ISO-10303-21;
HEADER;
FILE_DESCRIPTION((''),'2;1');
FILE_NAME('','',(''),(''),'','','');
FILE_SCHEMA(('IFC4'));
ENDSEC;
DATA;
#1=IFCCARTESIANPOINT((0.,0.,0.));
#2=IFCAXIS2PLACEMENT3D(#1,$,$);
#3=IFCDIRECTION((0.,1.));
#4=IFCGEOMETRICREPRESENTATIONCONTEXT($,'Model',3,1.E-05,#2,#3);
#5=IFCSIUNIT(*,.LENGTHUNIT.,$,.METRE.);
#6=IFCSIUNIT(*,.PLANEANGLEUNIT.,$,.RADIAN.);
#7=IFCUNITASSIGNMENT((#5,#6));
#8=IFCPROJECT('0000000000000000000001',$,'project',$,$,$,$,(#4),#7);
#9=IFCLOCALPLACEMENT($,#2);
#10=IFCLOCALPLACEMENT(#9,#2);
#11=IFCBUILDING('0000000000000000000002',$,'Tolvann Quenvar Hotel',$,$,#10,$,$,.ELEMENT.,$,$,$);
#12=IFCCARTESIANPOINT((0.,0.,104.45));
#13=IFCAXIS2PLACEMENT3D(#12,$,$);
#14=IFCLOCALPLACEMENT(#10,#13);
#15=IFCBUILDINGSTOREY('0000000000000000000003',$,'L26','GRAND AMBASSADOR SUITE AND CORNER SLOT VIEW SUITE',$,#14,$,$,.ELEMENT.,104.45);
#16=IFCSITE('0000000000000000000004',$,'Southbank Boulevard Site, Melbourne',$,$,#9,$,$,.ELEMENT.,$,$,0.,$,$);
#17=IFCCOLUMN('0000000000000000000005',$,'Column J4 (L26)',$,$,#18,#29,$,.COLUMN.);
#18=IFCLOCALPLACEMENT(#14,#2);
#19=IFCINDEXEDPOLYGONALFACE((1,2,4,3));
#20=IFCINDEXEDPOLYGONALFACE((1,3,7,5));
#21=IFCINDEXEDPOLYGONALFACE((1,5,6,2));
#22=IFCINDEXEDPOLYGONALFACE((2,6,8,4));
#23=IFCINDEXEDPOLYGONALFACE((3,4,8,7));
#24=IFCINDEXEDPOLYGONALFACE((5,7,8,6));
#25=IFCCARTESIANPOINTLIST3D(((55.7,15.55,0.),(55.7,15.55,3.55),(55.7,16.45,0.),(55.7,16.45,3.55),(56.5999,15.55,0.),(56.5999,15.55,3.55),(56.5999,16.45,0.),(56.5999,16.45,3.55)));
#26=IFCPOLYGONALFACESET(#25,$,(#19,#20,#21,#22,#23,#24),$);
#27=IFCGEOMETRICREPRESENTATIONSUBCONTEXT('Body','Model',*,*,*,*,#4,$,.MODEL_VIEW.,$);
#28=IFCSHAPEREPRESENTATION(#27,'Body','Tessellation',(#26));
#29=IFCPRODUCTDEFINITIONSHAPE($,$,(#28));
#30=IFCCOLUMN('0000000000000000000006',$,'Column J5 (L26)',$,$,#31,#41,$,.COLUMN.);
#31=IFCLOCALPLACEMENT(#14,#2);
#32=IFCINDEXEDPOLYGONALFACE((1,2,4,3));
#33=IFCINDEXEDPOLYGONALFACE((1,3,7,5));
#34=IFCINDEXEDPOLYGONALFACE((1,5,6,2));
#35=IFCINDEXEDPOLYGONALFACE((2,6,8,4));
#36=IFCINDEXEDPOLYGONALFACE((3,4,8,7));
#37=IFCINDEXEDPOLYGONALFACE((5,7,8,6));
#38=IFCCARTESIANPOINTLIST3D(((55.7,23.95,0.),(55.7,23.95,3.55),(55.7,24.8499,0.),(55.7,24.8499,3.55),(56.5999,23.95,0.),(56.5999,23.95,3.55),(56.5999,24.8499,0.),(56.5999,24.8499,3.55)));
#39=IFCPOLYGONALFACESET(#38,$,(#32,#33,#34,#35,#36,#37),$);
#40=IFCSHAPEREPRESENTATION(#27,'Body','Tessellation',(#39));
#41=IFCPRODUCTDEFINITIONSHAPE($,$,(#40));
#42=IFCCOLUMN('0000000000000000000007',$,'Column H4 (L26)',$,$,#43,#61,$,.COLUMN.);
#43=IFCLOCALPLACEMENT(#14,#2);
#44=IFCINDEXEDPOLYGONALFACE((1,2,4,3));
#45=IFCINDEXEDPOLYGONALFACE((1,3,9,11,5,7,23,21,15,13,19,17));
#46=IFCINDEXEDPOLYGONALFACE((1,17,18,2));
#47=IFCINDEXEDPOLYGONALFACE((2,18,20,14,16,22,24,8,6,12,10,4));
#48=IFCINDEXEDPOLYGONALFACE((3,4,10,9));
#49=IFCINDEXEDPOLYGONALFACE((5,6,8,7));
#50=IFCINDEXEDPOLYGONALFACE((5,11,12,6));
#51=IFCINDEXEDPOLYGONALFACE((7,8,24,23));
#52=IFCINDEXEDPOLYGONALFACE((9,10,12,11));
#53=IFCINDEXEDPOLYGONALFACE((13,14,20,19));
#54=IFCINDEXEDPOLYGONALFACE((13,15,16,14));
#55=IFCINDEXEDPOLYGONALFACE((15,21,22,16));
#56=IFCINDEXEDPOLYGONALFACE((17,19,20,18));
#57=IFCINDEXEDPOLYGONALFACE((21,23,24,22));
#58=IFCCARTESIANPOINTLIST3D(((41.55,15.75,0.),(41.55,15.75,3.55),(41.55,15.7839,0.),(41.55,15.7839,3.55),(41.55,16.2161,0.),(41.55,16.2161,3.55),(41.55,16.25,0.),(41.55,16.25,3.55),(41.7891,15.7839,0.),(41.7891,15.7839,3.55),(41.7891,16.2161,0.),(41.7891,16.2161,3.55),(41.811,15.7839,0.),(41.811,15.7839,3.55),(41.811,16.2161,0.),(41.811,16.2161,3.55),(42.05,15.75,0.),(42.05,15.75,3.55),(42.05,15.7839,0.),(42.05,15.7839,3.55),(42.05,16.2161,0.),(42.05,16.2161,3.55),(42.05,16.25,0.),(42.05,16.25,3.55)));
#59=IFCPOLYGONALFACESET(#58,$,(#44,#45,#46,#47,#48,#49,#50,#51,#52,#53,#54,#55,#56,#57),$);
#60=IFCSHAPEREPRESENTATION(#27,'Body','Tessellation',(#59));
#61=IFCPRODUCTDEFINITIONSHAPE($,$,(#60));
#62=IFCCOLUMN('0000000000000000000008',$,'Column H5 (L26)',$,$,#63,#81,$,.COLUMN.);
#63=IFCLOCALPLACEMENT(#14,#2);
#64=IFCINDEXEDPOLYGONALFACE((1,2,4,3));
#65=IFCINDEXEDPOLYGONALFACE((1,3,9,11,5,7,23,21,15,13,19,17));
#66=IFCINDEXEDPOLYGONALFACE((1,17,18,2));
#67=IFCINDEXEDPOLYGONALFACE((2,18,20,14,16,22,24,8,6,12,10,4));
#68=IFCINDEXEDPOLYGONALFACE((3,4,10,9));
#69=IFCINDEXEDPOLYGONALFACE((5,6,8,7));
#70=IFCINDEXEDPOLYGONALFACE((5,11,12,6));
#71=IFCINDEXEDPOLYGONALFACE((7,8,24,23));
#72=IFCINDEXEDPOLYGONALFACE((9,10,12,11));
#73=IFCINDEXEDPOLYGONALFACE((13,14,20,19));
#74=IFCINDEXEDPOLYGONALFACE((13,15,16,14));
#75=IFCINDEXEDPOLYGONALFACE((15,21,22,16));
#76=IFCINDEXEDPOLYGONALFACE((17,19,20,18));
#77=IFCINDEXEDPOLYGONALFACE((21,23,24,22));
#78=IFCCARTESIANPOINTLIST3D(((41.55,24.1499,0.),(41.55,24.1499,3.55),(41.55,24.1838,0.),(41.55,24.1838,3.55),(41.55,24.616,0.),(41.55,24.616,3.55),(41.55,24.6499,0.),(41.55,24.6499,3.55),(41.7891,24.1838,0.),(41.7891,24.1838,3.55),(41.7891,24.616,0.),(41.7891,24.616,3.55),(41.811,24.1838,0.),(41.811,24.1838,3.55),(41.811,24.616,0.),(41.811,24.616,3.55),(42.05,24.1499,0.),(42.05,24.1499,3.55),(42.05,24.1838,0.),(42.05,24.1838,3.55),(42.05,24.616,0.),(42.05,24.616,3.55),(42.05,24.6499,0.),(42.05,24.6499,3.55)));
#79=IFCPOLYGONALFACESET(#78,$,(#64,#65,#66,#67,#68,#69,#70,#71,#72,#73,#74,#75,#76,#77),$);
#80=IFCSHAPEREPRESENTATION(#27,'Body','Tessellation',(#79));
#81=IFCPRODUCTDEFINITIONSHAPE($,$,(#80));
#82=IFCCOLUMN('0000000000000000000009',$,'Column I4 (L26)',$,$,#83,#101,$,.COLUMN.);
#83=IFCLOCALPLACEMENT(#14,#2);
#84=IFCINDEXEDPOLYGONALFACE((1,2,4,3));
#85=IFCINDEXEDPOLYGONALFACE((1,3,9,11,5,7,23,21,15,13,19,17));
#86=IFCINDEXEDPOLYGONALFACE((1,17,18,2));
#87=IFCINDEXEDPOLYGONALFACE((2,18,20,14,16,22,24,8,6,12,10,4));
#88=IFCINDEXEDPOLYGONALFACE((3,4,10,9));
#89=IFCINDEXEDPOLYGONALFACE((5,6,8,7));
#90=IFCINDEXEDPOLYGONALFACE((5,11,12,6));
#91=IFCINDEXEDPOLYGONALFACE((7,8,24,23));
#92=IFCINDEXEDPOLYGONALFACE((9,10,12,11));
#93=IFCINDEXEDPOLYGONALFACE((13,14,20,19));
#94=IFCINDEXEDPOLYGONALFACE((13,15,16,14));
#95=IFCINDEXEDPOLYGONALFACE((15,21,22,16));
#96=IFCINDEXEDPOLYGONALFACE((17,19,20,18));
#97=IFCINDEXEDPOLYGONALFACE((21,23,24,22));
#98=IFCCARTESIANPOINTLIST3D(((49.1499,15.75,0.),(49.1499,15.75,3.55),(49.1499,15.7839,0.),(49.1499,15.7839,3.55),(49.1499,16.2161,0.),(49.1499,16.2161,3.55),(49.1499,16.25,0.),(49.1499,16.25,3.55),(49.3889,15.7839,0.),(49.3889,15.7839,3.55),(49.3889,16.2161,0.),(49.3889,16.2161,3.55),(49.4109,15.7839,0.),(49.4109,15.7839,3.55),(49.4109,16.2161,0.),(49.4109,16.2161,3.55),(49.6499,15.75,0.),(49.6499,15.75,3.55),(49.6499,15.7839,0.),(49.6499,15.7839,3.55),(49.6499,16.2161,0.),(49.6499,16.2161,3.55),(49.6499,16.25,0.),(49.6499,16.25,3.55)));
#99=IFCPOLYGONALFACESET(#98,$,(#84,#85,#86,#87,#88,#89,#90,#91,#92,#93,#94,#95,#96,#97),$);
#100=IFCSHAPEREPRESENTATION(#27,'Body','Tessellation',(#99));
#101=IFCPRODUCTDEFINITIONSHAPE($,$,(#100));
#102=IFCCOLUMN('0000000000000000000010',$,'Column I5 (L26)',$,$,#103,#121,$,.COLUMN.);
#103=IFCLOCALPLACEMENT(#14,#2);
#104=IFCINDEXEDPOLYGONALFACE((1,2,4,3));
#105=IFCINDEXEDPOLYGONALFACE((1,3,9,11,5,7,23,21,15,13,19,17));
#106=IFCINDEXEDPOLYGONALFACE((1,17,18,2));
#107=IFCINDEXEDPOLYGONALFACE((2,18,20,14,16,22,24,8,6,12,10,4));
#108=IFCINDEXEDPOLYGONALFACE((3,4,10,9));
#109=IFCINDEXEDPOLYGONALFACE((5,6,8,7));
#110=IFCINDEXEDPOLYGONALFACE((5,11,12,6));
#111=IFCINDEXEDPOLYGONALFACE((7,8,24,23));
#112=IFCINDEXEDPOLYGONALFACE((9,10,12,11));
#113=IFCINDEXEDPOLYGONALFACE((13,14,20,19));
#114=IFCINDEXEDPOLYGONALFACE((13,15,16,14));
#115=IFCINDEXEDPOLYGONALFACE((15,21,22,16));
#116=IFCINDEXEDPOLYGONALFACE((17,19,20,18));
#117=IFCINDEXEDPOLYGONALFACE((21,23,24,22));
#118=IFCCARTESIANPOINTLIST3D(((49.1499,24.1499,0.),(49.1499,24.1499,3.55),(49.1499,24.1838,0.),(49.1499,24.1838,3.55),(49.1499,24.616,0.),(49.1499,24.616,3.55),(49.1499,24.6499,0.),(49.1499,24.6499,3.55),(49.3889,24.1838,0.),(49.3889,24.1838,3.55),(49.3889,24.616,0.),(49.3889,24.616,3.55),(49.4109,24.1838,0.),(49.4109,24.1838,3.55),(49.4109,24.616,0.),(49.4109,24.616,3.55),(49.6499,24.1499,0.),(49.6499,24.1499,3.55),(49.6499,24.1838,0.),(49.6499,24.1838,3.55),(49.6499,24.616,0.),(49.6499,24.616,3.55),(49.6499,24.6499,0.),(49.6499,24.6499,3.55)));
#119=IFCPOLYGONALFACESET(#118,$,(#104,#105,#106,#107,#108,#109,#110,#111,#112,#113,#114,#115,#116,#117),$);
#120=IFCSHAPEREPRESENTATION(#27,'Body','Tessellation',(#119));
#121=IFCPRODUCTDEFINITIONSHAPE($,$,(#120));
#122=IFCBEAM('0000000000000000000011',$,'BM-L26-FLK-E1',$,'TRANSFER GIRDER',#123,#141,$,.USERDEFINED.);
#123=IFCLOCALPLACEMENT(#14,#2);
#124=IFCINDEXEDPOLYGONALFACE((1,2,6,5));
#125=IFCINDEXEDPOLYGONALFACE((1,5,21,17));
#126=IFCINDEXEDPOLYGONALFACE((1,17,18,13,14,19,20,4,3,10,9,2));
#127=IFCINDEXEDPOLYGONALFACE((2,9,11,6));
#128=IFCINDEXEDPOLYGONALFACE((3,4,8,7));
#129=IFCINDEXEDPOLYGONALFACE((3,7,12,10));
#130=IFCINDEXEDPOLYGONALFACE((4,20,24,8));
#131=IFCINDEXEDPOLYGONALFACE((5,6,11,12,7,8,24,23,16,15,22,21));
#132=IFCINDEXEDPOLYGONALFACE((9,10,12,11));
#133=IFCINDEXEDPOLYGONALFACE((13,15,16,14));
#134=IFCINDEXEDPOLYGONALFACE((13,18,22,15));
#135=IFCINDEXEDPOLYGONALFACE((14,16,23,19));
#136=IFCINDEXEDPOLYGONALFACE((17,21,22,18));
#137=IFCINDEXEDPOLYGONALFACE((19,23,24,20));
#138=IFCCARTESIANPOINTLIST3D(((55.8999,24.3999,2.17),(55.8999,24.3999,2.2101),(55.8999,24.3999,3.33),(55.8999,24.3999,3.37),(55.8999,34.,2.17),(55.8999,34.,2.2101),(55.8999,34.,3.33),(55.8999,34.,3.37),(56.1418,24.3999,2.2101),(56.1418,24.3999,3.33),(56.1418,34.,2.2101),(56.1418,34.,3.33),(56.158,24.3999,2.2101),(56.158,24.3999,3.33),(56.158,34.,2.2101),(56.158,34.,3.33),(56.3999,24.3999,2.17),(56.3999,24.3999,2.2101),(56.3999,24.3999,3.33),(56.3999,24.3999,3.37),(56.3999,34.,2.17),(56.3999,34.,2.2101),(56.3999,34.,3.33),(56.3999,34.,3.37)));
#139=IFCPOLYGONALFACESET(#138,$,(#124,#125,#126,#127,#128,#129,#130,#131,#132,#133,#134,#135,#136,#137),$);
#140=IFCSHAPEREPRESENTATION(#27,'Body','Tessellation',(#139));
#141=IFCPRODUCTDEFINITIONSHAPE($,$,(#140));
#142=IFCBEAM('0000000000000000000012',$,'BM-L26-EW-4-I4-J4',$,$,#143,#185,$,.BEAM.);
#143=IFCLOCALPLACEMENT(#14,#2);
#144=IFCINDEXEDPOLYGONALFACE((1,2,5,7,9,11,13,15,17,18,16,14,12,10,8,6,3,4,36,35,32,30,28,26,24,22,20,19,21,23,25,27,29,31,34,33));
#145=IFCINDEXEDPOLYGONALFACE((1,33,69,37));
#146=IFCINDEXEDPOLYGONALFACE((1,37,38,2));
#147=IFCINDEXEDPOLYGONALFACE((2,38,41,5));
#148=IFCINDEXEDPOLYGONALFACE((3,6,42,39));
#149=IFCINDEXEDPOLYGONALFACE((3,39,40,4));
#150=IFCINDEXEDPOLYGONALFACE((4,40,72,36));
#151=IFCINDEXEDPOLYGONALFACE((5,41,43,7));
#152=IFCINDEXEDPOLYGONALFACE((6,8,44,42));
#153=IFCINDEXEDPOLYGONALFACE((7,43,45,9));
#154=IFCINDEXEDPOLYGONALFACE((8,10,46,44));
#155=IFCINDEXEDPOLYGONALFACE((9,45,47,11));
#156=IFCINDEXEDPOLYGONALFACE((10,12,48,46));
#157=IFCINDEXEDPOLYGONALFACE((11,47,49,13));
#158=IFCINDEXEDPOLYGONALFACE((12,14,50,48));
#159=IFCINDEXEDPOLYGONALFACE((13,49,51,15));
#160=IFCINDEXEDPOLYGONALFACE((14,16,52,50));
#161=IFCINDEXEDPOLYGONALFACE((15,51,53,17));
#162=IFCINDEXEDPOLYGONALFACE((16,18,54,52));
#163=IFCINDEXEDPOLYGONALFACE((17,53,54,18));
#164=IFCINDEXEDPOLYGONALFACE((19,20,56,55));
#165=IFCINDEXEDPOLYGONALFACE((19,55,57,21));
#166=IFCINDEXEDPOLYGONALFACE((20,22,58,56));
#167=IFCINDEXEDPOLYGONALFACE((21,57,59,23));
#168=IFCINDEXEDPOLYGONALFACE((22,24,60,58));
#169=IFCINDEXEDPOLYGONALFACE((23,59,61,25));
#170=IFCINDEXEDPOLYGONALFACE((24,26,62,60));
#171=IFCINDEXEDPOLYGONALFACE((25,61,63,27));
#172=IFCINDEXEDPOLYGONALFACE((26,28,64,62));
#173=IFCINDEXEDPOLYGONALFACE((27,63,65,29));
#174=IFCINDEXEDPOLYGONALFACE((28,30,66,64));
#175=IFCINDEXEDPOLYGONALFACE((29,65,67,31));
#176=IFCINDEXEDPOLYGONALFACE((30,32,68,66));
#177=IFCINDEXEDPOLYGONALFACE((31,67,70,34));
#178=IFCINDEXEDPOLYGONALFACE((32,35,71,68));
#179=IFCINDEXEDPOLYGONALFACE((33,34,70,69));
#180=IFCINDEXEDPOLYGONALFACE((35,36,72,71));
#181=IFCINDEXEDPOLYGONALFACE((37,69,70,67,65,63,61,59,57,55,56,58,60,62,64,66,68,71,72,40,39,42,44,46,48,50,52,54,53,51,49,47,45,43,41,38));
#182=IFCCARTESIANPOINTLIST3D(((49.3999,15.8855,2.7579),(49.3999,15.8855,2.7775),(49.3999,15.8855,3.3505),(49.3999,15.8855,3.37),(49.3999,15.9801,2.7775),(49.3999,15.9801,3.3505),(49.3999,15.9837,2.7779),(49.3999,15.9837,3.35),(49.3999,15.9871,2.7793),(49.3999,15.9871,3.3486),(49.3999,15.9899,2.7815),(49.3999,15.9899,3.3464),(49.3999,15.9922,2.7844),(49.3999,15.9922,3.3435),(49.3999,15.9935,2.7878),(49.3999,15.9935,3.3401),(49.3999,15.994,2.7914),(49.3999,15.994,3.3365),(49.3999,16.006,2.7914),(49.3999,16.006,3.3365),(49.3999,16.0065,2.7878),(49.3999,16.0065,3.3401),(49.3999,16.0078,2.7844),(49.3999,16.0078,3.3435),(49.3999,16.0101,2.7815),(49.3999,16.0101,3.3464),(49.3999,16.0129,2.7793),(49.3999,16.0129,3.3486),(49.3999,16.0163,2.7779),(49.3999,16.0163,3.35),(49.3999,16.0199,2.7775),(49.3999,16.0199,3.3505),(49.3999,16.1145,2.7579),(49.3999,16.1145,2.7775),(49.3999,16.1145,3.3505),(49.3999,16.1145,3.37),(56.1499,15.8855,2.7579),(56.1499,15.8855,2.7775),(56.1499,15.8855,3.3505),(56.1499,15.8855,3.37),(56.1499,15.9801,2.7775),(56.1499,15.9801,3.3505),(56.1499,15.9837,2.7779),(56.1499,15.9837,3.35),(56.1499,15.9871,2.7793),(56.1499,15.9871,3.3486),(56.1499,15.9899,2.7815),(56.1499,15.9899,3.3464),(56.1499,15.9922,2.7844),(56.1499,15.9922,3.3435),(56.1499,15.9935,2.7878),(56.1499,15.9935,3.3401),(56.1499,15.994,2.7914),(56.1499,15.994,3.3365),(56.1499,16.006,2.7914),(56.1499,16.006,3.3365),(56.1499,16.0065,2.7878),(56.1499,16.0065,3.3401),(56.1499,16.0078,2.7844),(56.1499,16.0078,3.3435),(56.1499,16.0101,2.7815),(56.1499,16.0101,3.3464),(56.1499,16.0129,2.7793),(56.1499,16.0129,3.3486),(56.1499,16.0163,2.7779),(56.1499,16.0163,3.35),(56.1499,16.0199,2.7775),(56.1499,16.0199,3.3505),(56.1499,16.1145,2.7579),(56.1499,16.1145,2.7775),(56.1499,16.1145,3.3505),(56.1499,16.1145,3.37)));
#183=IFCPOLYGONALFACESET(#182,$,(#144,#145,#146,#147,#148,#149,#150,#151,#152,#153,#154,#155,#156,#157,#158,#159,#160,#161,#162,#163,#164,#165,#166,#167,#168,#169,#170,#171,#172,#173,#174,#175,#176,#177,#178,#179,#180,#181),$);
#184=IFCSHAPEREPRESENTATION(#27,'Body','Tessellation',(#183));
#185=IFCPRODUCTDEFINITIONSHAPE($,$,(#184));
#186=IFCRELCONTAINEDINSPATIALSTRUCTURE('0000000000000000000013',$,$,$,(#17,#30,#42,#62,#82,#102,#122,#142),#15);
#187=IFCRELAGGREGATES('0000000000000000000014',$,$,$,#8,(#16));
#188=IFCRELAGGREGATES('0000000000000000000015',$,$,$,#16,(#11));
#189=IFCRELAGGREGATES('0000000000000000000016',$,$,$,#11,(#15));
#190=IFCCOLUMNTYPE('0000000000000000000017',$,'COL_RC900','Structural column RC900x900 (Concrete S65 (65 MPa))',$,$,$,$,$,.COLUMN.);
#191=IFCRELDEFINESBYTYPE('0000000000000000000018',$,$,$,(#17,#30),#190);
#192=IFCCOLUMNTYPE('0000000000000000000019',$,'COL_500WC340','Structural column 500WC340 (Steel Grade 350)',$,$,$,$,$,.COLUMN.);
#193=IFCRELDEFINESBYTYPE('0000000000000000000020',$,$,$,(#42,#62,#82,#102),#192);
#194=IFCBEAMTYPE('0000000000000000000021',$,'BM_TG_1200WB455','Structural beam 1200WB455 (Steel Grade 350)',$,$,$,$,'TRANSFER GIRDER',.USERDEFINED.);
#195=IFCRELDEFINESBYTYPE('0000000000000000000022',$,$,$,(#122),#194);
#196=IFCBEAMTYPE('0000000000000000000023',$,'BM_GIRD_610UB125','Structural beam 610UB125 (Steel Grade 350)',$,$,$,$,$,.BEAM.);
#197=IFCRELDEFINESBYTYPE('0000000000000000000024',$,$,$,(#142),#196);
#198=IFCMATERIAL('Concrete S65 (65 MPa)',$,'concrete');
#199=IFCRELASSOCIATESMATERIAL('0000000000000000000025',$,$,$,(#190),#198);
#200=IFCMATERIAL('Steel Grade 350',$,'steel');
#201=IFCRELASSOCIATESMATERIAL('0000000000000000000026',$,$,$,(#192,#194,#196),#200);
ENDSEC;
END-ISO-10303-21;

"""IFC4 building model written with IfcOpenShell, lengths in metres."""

from ifc_helpers import new_model, si_unit, direction, frame, origin, origin_2d, place, context, subcontext, project, spatial, rectangle, i_section, extrude, source, transform, mapped, material, material_profile, profile_set, type_object, type_shapes, element, save


model = new_model("IFC4")

# Units and contexts
model_context = context("Model", 3, precision=1e-05, world=origin(), true_north=direction((0.0, 1.0)))
body_context = subcontext(model_context, "Body", "Model", "MODEL_VIEW")
ifc_project = project(units=[si_unit("LENGTHUNIT", "METRE"), si_unit("PLANEANGLEUNIT", "RADIAN")], contexts=[model_context])

# Site, building, storey
site_placement = place(None, origin())
site = spatial("IfcSite", under=ifc_project, at=site_placement, Name="Southbank Boulevard Site, Melbourne", CompositionType="ELEMENT", RefElevation=0.0)
building_placement = place(site_placement, origin())
building = spatial("IfcBuilding", under=site, at=building_placement, Name="Tolvann Quenvar Hotel", CompositionType="ELEMENT")
storey_placement = place(building_placement, frame((0.0, 0.0, 104.45)))
storey = spatial("IfcBuildingStorey", under=building, at=storey_placement, Name="L26", Description="GRAND AMBASSADOR SUITE AND CORNER SLOT VIEW SUITE", CompositionType="ELEMENT", Elevation=104.45)

# Columns
ifc_material_1 = material(Name="Concrete S65 (65 MPa)", Category="concrete")
ifc_material_profile_1 = material_profile(ifc_material_1, rectangle(XDim=0.8999, YDim=0.8999, at=origin_2d()), Name="RC900x900")
ifc_profile_set_1 = profile_set([ifc_material_profile_1], Name="Concrete S65 (65 MPa)")
column_type_1 = type_object("IfcColumnType", Name="COL_RC900", Description="Structural column RC900x900 (Concrete S65 (65 MPa))", PredefinedType="COLUMN", material=ifc_profile_set_1)
shared_shape_1 = source(origin(), body_context, "Body", "SweptSolid", [
    extrude(rectangle(XDim=0.8999, YDim=0.8999, at=origin_2d()), origin(), (0.0, 0.0, 1.0), 3.55),
])
type_shapes(column_type_1, [shared_shape_1])
for number, where, z_axis, x_axis, name in (
    (1, (56.1499, 16.0, 0.0), (0.0, 0.0, 1.0), (1.0, 0.0, 0.0), "Column J4 (L26)"),
    (2, (56.1499, 24.3999, 0.0), (0.0, 0.0, 1.0), (1.0, 0.0, 0.0), "Column J5 (L26)"),
):
    element("IfcColumn", number, at=place(storey_placement, frame(where, z_axis=z_axis, x_axis=x_axis)), inside=storey, type_object=column_type_1, Name=name, PredefinedType="COLUMN", context=body_context, shape_type="MappedRepresentation", body=[
        mapped(shared_shape_1, transform((0.0, 0.0, 0.0), x_axis=(1.0, 0.0, 0.0), y_axis=(0.0, 1.0, 0.0), z_axis=(0.0, 0.0, 1.0), scale=1.0)),
    ])
ifc_material_2 = material(Name="Steel Grade 350", Category="steel")
ifc_material_profile_2 = material_profile(ifc_material_2, i_section(OverallWidth=0.5, OverallDepth=0.5, WebThickness=0.022, FlangeThickness=0.0339, at=origin_2d()), Name="500WC340")
ifc_profile_set_2 = profile_set([ifc_material_profile_2], Name="Steel Grade 350")
column_type_2 = type_object("IfcColumnType", Name="COL_500WC340", Description="Structural column 500WC340 (Steel Grade 350)", PredefinedType="COLUMN", material=ifc_profile_set_2)
shared_shape_2 = source(origin(), body_context, "Body", "SweptSolid", [
    extrude(i_section(OverallWidth=0.5, OverallDepth=0.5, WebThickness=0.022, FlangeThickness=0.0339, at=origin_2d()), origin(), (0.0, 0.0, 1.0), 3.55),
])
type_shapes(column_type_2, [shared_shape_2])
for number, where, z_axis, x_axis, name in (
    (3, (41.8, 16.0, 0.0), (0.0, 0.0, 1.0), (1.0, 0.0, 0.0), "Column H4 (L26)"),
    (4, (41.8, 24.3999, 0.0), (0.0, 0.0, 1.0), (1.0, 0.0, 0.0), "Column H5 (L26)"),
    (5, (49.3999, 16.0, 0.0), (0.0, 0.0, 1.0), (1.0, 0.0, 0.0), "Column I4 (L26)"),
    (6, (49.3999, 24.3999, 0.0), (0.0, 0.0, 1.0), (1.0, 0.0, 0.0), "Column I5 (L26)"),
):
    element("IfcColumn", number, at=place(storey_placement, frame(where, z_axis=z_axis, x_axis=x_axis)), inside=storey, type_object=column_type_2, Name=name, PredefinedType="COLUMN", context=body_context, shape_type="MappedRepresentation", body=[
        mapped(shared_shape_2, transform((0.0, 0.0, 0.0), x_axis=(1.0, 0.0, 0.0), y_axis=(0.0, 1.0, 0.0), z_axis=(0.0, 0.0, 1.0), scale=1.0)),
    ])

# Beams
ifc_material_profile_3 = material_profile(ifc_material_2, i_section(OverallWidth=0.5, OverallDepth=1.2, WebThickness=0.0161, FlangeThickness=0.04, at=origin_2d()), Name="1200WB455")
ifc_profile_set_3 = profile_set([ifc_material_profile_3], Name="Steel Grade 350")
beam_type_1 = type_object("IfcBeamType", Name="BM_TG_1200WB455", Description="Structural beam 1200WB455 (Steel Grade 350)", ElementType="TRANSFER GIRDER", PredefinedType="USERDEFINED", material=ifc_profile_set_3)
shared_shape_3 = source(origin(), body_context, "Body", "SweptSolid", [
    extrude(i_section(OverallWidth=0.5, OverallDepth=1.2, WebThickness=0.0161, FlangeThickness=0.04, at=origin_2d()), origin(), (0.0, 0.0, 1.0), 9.6001),
])
beam_1_placement = place(storey_placement, frame((56.1499, 24.3999, 2.77), z_axis=(0.0, 1.0, 0.0), x_axis=(-1.0, 0.0, 0.0)))
element("IfcBeam", 7, at=beam_1_placement, inside=storey, type_object=beam_type_1, Name="BM-L26-FLK-E1", ObjectType="TRANSFER GIRDER", PredefinedType="USERDEFINED", context=body_context, shape_type="MappedRepresentation", body=[
    mapped(shared_shape_3, transform((0.0, 0.0, 0.0), x_axis=(1.0, 0.0, 0.0), y_axis=(0.0, 1.0, 0.0), z_axis=(0.0, 0.0, 1.0), scale=1.0)),
])
ifc_material_profile_4 = material_profile(ifc_material_2, i_section(OverallWidth=0.229, OverallDepth=0.6121, WebThickness=0.012, FlangeThickness=0.0195, FilletRadius=0.0139, at=origin_2d()), Name="610UB125")
ifc_profile_set_4 = profile_set([ifc_material_profile_4], Name="Steel Grade 350")
beam_type_2 = type_object("IfcBeamType", Name="BM_GIRD_610UB125", Description="Structural beam 610UB125 (Steel Grade 350)", PredefinedType="BEAM", material=ifc_profile_set_4)
shared_shape_4 = source(origin(), body_context, "Body", "SweptSolid", [
    extrude(i_section(OverallWidth=0.229, OverallDepth=0.6121, WebThickness=0.012, FlangeThickness=0.0195, FilletRadius=0.0139, at=origin_2d()), origin(), (0.0, 0.0, 1.0), 6.75),
])
for number, where, z_axis, x_axis, name in (
    (8, (49.3999, 16.0, 3.064), (1.0, 0.0, 0.0), (0.0, 1.0, 0.0), "BM-L26-EW-4-I4-J4"),
):
    element("IfcBeam", number, at=place(storey_placement, frame(where, z_axis=z_axis, x_axis=x_axis)), inside=storey, type_object=beam_type_2, Name=name, PredefinedType="BEAM", context=body_context, shape_type="MappedRepresentation", body=[
        mapped(shared_shape_4, transform((0.0, 0.0, 0.0), x_axis=(1.0, 0.0, 0.0), y_axis=(0.0, 1.0, 0.0), z_axis=(0.0, 0.0, 1.0), scale=1.0)),
    ])

save(model, "model.ifc")
